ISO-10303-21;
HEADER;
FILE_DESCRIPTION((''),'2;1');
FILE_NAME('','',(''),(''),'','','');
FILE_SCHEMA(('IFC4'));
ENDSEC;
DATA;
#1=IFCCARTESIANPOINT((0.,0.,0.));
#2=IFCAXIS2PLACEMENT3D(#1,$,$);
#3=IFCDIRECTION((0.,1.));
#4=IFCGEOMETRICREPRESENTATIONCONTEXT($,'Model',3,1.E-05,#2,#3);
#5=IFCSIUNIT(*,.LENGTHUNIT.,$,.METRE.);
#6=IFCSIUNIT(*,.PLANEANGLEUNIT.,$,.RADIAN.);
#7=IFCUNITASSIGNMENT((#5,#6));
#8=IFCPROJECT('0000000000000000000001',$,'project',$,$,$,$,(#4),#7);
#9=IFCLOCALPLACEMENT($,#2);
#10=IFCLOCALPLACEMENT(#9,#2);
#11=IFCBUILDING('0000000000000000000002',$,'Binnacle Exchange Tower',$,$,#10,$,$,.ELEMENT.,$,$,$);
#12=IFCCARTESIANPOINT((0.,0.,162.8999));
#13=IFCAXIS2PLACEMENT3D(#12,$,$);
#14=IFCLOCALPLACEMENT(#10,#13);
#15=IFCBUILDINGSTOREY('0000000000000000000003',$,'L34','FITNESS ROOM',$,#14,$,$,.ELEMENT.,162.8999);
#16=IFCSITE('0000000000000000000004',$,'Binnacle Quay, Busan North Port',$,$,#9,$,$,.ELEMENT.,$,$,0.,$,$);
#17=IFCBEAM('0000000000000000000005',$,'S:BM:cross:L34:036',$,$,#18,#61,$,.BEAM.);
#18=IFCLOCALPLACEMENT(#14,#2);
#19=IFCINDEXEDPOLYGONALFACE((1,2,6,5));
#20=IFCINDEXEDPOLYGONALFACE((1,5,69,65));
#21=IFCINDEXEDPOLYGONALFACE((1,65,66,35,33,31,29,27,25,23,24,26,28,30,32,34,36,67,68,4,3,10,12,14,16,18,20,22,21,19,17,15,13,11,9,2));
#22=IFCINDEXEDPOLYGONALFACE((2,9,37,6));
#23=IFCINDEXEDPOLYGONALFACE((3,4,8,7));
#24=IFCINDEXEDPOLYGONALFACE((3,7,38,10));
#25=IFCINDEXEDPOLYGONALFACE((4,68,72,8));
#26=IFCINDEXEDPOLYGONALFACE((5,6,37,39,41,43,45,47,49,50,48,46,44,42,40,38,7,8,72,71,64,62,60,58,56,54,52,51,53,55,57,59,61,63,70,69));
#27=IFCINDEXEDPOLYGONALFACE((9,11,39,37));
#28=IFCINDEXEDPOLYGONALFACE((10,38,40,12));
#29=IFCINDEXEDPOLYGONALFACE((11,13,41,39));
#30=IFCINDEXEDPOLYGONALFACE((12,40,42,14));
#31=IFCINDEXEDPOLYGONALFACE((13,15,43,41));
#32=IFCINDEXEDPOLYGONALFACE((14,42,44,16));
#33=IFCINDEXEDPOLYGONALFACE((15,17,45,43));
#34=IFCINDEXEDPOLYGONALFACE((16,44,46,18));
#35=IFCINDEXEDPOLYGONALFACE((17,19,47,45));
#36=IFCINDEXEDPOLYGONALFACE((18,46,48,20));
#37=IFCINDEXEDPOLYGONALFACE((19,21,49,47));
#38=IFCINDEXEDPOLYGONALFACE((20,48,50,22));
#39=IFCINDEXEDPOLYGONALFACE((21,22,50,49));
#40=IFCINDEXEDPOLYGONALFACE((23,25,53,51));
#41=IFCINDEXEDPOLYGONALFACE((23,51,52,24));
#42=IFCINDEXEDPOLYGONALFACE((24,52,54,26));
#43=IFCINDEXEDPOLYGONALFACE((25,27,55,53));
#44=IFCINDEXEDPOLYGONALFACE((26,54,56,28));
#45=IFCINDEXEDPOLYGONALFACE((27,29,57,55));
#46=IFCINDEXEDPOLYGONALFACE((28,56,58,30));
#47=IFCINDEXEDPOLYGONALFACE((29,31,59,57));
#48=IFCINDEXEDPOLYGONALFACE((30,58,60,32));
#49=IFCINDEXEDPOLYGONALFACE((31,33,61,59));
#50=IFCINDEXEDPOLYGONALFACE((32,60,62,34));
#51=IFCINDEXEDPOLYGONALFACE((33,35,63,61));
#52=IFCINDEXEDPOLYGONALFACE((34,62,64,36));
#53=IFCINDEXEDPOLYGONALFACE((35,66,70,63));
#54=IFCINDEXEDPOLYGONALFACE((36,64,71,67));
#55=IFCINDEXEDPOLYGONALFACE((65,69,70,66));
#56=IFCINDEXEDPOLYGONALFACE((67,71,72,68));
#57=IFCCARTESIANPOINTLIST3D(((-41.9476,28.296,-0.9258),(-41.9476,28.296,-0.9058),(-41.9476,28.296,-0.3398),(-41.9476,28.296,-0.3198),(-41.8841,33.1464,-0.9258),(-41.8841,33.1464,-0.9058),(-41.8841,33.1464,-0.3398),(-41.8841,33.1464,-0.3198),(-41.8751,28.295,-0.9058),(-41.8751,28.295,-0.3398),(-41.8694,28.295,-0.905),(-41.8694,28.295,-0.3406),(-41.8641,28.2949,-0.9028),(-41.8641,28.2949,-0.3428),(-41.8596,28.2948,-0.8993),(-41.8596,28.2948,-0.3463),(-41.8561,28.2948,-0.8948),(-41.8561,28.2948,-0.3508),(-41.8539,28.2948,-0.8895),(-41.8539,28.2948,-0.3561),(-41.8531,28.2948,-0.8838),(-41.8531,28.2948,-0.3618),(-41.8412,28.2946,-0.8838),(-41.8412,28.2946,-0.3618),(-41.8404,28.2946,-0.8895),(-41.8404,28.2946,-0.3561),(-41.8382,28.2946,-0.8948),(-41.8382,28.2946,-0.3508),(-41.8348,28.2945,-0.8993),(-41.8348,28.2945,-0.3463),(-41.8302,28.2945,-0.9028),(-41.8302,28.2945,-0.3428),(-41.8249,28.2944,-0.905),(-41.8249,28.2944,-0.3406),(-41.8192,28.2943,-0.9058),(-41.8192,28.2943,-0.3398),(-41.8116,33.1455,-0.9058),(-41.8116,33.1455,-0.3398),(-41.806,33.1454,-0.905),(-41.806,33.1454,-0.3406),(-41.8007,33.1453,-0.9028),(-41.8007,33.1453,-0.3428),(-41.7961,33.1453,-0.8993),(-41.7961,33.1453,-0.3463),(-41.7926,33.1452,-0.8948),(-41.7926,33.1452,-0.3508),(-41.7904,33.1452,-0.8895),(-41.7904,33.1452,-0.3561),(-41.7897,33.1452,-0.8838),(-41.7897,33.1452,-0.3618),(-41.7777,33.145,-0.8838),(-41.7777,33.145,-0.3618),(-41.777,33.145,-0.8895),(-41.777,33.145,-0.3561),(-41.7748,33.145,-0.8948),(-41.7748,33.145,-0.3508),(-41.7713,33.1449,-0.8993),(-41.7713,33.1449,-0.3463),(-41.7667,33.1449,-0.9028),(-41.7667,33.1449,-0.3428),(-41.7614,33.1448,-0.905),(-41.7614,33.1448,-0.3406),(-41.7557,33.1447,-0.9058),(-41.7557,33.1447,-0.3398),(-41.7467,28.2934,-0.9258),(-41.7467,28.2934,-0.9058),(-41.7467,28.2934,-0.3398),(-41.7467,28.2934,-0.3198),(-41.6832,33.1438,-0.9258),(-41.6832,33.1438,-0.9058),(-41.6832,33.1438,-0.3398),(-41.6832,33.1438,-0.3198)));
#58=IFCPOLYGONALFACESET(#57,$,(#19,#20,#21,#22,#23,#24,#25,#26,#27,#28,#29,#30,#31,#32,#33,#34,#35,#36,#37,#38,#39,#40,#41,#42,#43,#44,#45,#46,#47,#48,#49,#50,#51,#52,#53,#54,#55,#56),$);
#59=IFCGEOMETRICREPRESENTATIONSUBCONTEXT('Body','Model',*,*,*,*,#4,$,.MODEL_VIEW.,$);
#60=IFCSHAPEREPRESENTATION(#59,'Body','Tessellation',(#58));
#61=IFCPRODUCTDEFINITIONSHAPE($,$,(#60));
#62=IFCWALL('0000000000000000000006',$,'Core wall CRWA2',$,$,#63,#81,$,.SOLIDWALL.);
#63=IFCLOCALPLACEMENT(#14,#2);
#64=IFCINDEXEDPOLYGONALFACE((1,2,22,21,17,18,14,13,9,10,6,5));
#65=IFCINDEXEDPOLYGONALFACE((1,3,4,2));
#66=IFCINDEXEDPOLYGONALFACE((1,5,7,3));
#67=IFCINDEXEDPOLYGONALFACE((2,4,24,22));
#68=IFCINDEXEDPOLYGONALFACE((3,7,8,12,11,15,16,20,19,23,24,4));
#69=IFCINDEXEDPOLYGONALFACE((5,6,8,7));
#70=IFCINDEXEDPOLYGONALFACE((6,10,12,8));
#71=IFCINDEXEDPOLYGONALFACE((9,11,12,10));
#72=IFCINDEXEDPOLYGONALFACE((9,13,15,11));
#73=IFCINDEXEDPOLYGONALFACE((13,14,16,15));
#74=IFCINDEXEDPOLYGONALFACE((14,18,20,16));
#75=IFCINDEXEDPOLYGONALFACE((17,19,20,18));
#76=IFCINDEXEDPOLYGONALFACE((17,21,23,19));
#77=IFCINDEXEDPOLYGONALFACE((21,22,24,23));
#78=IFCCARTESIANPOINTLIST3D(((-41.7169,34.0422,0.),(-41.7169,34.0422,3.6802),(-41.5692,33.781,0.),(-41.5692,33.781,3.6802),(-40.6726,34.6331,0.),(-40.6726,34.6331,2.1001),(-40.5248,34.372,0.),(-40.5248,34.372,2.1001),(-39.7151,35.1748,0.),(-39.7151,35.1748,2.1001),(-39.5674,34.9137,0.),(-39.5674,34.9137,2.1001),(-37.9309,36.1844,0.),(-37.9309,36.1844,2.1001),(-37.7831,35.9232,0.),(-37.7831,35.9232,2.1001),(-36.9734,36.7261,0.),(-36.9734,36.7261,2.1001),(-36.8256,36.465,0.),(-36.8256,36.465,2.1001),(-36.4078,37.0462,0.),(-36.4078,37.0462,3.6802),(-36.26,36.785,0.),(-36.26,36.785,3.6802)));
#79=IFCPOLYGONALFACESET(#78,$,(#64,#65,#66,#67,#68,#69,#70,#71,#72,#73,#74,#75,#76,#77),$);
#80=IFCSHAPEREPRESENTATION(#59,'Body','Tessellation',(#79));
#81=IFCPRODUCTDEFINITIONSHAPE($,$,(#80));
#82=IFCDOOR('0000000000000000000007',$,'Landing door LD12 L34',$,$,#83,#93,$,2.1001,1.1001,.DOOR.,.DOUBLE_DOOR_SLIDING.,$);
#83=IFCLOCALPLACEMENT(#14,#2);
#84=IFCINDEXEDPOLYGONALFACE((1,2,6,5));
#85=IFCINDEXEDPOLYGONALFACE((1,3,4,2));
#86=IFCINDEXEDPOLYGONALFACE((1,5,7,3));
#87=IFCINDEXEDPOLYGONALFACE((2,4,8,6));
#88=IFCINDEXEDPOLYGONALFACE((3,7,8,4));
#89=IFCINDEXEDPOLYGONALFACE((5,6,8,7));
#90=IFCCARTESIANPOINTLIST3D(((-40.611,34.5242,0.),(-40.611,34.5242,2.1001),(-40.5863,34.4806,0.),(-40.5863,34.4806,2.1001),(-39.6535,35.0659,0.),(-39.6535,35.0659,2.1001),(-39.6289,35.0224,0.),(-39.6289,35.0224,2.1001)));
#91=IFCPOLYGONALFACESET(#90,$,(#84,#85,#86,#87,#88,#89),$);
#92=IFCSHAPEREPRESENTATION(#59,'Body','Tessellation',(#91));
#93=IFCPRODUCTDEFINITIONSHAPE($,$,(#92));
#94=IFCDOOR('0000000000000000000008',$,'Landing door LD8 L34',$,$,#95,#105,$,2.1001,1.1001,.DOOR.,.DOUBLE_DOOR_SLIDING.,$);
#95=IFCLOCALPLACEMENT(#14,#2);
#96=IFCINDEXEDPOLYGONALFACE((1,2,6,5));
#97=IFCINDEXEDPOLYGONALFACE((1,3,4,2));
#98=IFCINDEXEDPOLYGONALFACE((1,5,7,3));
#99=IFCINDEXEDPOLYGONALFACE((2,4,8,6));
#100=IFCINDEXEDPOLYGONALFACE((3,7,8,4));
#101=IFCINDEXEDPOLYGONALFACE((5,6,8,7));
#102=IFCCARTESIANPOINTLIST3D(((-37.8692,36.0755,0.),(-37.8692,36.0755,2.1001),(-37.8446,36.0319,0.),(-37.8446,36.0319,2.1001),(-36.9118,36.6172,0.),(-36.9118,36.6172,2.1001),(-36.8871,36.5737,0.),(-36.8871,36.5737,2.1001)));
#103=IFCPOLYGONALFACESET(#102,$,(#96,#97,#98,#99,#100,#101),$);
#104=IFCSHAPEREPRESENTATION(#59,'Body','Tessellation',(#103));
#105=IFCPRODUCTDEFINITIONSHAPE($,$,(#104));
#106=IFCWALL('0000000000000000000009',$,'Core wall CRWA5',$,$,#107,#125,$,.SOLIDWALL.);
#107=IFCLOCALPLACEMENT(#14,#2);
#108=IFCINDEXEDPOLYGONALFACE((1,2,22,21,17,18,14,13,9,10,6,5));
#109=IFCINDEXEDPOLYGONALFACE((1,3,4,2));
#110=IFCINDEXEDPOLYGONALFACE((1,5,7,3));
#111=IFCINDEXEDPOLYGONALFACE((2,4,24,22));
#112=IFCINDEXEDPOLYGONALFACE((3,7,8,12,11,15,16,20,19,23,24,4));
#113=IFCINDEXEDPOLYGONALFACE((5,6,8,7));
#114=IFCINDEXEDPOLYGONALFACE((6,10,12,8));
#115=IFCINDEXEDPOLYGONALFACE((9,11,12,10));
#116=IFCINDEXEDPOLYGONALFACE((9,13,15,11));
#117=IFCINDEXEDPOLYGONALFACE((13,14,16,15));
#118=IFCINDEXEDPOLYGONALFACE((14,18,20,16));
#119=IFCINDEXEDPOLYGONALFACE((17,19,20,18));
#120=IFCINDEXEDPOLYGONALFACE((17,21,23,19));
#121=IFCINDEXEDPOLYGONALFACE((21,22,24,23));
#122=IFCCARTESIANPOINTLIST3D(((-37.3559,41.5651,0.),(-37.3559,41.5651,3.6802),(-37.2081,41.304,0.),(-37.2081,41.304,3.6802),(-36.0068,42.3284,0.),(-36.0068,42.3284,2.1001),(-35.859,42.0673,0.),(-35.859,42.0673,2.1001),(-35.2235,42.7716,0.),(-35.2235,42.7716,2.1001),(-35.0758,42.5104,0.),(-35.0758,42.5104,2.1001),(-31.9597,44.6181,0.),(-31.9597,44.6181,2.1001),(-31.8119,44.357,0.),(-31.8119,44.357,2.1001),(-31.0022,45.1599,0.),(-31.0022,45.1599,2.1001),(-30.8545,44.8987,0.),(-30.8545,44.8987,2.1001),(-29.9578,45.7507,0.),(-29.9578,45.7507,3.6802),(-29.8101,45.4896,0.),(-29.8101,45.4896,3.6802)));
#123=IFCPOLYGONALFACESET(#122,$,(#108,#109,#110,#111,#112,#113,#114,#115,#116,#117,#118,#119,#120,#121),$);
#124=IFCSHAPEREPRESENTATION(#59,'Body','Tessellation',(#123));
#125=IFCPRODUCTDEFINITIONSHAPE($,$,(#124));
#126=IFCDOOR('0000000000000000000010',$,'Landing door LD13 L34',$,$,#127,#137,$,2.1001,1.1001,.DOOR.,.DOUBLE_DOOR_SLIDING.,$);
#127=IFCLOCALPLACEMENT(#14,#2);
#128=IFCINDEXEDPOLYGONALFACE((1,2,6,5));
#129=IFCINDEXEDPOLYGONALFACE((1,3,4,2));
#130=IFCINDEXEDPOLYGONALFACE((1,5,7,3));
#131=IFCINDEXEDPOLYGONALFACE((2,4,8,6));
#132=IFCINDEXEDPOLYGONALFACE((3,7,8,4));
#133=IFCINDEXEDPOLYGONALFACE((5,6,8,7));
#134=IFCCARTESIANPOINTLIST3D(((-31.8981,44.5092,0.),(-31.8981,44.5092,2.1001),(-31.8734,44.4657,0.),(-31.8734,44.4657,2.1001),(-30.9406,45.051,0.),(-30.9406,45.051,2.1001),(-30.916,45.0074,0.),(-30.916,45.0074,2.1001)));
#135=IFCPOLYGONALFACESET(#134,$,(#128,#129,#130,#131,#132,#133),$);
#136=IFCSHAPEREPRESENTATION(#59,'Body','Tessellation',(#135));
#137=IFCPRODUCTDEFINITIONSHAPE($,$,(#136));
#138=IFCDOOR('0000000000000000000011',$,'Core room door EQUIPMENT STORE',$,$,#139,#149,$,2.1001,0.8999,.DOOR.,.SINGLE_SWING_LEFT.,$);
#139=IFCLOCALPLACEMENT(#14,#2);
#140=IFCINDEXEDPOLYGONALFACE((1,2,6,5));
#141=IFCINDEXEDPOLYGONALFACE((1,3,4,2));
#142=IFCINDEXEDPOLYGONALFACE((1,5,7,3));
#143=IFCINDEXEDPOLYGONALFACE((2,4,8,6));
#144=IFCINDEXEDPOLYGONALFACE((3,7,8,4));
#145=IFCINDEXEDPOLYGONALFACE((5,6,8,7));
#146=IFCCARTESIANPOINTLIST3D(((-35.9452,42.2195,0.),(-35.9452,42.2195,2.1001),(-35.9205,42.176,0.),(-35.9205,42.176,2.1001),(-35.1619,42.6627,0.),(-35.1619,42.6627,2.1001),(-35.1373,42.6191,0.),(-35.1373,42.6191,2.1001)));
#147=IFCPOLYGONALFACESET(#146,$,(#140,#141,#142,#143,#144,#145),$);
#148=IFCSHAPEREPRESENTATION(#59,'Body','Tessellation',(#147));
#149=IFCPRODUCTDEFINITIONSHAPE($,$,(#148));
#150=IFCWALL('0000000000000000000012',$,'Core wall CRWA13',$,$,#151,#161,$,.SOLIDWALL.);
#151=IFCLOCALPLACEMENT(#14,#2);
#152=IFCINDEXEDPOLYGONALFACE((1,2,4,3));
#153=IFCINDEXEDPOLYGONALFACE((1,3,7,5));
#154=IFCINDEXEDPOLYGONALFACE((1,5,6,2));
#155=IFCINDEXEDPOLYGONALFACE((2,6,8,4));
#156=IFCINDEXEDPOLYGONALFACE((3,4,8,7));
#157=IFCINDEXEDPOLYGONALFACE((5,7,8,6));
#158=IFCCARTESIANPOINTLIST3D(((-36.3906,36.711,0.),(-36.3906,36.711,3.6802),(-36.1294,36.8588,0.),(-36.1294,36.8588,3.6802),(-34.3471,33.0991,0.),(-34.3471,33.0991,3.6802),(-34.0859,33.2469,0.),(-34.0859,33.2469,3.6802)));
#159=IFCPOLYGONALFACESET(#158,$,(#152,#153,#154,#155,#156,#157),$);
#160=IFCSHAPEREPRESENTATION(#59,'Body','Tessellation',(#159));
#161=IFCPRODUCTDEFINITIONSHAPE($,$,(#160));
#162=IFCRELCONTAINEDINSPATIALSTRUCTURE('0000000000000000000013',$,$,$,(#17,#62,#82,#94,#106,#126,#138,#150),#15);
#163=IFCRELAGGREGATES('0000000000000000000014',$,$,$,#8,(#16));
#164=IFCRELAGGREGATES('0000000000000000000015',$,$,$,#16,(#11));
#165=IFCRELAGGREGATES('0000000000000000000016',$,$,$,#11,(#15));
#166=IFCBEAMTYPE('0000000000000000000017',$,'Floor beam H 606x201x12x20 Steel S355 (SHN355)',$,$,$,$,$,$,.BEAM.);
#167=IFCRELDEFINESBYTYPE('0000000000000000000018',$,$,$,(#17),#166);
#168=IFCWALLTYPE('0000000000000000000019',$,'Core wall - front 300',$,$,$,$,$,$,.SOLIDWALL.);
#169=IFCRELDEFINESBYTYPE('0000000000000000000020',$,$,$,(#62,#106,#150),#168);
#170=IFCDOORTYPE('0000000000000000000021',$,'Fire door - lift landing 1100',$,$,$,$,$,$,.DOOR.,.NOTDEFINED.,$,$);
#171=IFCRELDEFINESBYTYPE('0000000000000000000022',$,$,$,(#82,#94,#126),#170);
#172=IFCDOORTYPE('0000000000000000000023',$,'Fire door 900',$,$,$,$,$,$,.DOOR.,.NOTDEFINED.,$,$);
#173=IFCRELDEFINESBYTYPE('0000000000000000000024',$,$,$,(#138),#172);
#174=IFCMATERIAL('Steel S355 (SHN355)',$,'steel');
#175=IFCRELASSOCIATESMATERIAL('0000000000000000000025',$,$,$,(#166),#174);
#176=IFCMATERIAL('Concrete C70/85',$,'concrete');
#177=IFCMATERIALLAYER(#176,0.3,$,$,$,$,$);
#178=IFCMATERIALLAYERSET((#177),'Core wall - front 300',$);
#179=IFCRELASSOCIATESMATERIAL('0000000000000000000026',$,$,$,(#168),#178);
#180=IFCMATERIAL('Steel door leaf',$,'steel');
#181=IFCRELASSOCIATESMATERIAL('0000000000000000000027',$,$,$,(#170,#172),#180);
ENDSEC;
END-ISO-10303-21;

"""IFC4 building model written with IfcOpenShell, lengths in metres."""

from ifc_helpers import new_model, si_unit, direction, frame, frame_2d, origin, origin_2d, place, context, subcontext, project, spatial, rectangle, i_section, extrude, material, layer, layer_set, material_profile, profile_set, type_object, element, fill, save


model = new_model("IFC4")

# Units and contexts
model_context = context("Model", 3, precision=1e-05, world=origin(), true_north=direction((0.0, 1.0)))
body_context = subcontext(model_context, "Body", "Model", "MODEL_VIEW")
ifc_project = project(units=[si_unit("LENGTHUNIT", "METRE"), si_unit("PLANEANGLEUNIT", "RADIAN")], contexts=[model_context])

# Site, building, storey
site_placement = place(None, origin())
site = spatial("IfcSite", under=ifc_project, at=site_placement, Name="Binnacle Quay, Busan North Port", CompositionType="ELEMENT", RefElevation=0.0)
building_placement = place(site_placement, origin())
building = spatial("IfcBuilding", under=site, at=building_placement, Name="Binnacle Exchange Tower", CompositionType="ELEMENT")
storey_placement = place(building_placement, frame((0.0, 0.0, 162.8999)))
storey = spatial("IfcBuildingStorey", under=building, at=storey_placement, Name="L34", Description="FITNESS ROOM", CompositionType="ELEMENT", Elevation=162.8999)

# Shared definitions
ifc_material_1 = material(Name="Concrete C70/85", Category="concrete")

# Beam
ifc_material_2 = material(Name="Steel S355 (SHN355)", Category="steel")
ifc_material_profile_1 = material_profile(ifc_material_2, i_section(OverallWidth=0.2009, OverallDepth=0.606, WebThickness=0.012, FlangeThickness=0.02, FilletRadius=0.022, at=origin_2d()), Name="H 606x201x12x20")
ifc_profile_set_1 = profile_set([ifc_material_profile_1], Name="Steel S355 (SHN355)")
beam_type_1 = type_object("IfcBeamType", Name="Floor beam H 606x201x12x20 Steel S355 (SHN355)", PredefinedType="BEAM", material=ifc_profile_set_1)
beam_1_placement = place(storey_placement, frame((-41.8472, 28.2947, -0.6228), z_axis=(0.013086, 0.999914, 0.0), x_axis=(-0.999914, 0.013086, 0.0)))
element("IfcBeam", 1, at=beam_1_placement, inside=storey, type_object=beam_type_1, Name="S:BM:cross:L34:036", PredefinedType="BEAM", context=body_context, shape_type="SweptSolid", body=[
    extrude(i_section(OverallWidth=0.2009, OverallDepth=0.606, WebThickness=0.012, FlangeThickness=0.02, FilletRadius=0.022, at=origin_2d()), origin(), (0.0, 0.0, 1.0), 4.8508),
])

# Walls, openings, doors
ifc_layer_1 = layer(ifc_material_1, 0.3)
ifc_layer_set_1 = layer_set([ifc_layer_1], Name="Core wall - front 300")
wall_type_1 = type_object("IfcWallType", Name="Core wall - front 300", PredefinedType="SOLIDWALL", material=ifc_layer_set_1)
wall_1_placement = place(storey_placement, frame((-41.6431, 33.9116, 0.0), z_axis=(0.0, 0.0, 1.0), x_axis=(0.870344, 0.492445, 0.0)))
wall_1 = element("IfcWall", 2, at=wall_1_placement, inside=storey, type_object=wall_type_1, Name="Core wall CRWA2", PredefinedType="SOLIDWALL", context=body_context, shape_type="SweptSolid", body=[
    extrude(rectangle(XDim=6.1001, YDim=0.3, at=frame_2d((3.05, 0.0))), origin(), (0.0, 0.0, 1.0), 3.6802),
])
opening_1_placement = place(wall_1_placement, frame((1.2, 0.0, 0.0)))
opening_1 = element("IfcOpeningElement", 3, at=opening_1_placement, cuts=wall_1, PredefinedType="OPENING", context=body_context, shape_type="SweptSolid", body=[
    extrude(rectangle(XDim=1.1001, YDim=2.1001, at=frame_2d((0.55, 1.05))), frame((0.0, 0.1599, 0.0), z_axis=(0.0, -1.0, 0.0), x_axis=(1.0, 0.0, 0.0)), (0.0, 0.0, 1.0), 0.3201),
])
opening_2_placement = place(wall_1_placement, frame((4.3501, 0.0, 0.0)))
opening_2 = element("IfcOpeningElement", 4, at=opening_2_placement, cuts=wall_1, PredefinedType="OPENING", context=body_context, shape_type="SweptSolid", body=[
    extrude(rectangle(XDim=1.1001, YDim=2.1001, at=frame_2d((0.55, 1.05))), frame((0.0, 0.1599, 0.0), z_axis=(0.0, -1.0, 0.0), x_axis=(1.0, 0.0, 0.0)), (0.0, 0.0, 1.0), 0.3201),
])
ifc_material_3 = material(Name="Steel door leaf", Category="steel")
door_type_1 = type_object("IfcDoorType", Name="Fire door - lift landing 1100", OperationType="NOTDEFINED", PredefinedType="DOOR", material=ifc_material_3)
door_1_placement = place(opening_1_placement, origin())
door_1 = element("IfcDoor", 5, at=door_1_placement, inside=storey, type_object=door_type_1, Name="Landing door LD12 L34", OperationType="DOUBLE_DOOR_SLIDING", OverallHeight=2.1001, OverallWidth=1.1001, PredefinedType="DOOR", context=body_context, shape_type="SweptSolid", body=[
    extrude(rectangle(XDim=1.1001, YDim=2.1001, at=frame_2d((0.55, 1.05))), frame((0.0, 0.0249, 0.0), z_axis=(0.0, -1.0, 0.0), x_axis=(1.0, 0.0, 0.0)), (0.0, 0.0, 1.0), 0.05),
])
fill(opening_1, door_1)
door_2_placement = place(opening_2_placement, origin())
door_2 = element("IfcDoor", 6, at=door_2_placement, inside=storey, type_object=door_type_1, Name="Landing door LD8 L34", OperationType="DOUBLE_DOOR_SLIDING", OverallHeight=2.1001, OverallWidth=1.1001, PredefinedType="DOOR", context=body_context, shape_type="SweptSolid", body=[
    extrude(rectangle(XDim=1.1001, YDim=2.1001, at=frame_2d((0.55, 1.05))), frame((0.0, 0.0249, 0.0), z_axis=(0.0, -1.0, 0.0), x_axis=(1.0, 0.0, 0.0)), (0.0, 0.0, 1.0), 0.05),
])
fill(opening_2, door_2)
wall_2_placement = place(storey_placement, frame((-37.282, 41.4346, 0.0), z_axis=(0.0, 0.0, 1.0), x_axis=(0.870356, 0.492423, 0.0)))
wall_2 = element("IfcWall", 7, at=wall_2_placement, inside=storey, type_object=wall_type_1, Name="Core wall CRWA5", PredefinedType="SOLIDWALL", context=body_context, shape_type="SweptSolid", body=[
    extrude(rectangle(XDim=8.5, YDim=0.3, at=frame_2d((4.25, 0.0))), origin(), (0.0, 0.0, 1.0), 3.6802),
])
opening_3_placement = place(wall_2_placement, frame((6.2, 0.0, 0.0)))
opening_3 = element("IfcOpeningElement", 8, at=opening_3_placement, cuts=wall_2, PredefinedType="OPENING", context=body_context, shape_type="SweptSolid", body=[
    extrude(rectangle(XDim=1.1001, YDim=2.1001, at=frame_2d((0.55, 1.05))), frame((0.0, 0.1599, 0.0), z_axis=(0.0, -1.0, 0.0), x_axis=(1.0, 0.0, 0.0)), (0.0, 0.0, 1.0), 0.3201),
])
opening_4_placement = place(wall_2_placement, frame((1.55, 0.0, 0.0)))
opening_4 = element("IfcOpeningElement", 9, at=opening_4_placement, cuts=wall_2, PredefinedType="OPENING", context=body_context, shape_type="SweptSolid", body=[
    extrude(rectangle(XDim=0.8999, YDim=2.1001, at=frame_2d((0.45, 1.05))), frame((0.0, 0.1599, 0.0), z_axis=(0.0, -1.0, 0.0), x_axis=(1.0, 0.0, 0.0)), (0.0, 0.0, 1.0), 0.3201),
])
door_3_placement = place(opening_3_placement, origin())
door_3 = element("IfcDoor", 10, at=door_3_placement, inside=storey, type_object=door_type_1, Name="Landing door LD13 L34", OperationType="DOUBLE_DOOR_SLIDING", OverallHeight=2.1001, OverallWidth=1.1001, PredefinedType="DOOR", context=body_context, shape_type="SweptSolid", body=[
    extrude(rectangle(XDim=1.1001, YDim=2.1001, at=frame_2d((0.55, 1.05))), frame((0.0, 0.0249, 0.0), z_axis=(0.0, -1.0, 0.0), x_axis=(1.0, 0.0, 0.0)), (0.0, 0.0, 1.0), 0.05),
])
fill(opening_3, door_3)
door_type_2 = type_object("IfcDoorType", Name="Fire door 900", OperationType="NOTDEFINED", PredefinedType="DOOR", material=ifc_material_3)
door_4_placement = place(opening_4_placement, origin())
door_4 = element("IfcDoor", 11, at=door_4_placement, inside=storey, type_object=door_type_2, Name="Core room door EQUIPMENT STORE", OperationType="SINGLE_SWING_LEFT", OverallHeight=2.1001, OverallWidth=0.8999, PredefinedType="DOOR", context=body_context, shape_type="SweptSolid", body=[
    extrude(rectangle(XDim=0.8999, YDim=2.1001, at=frame_2d((0.45, 1.05))), frame((0.0, 0.0249, 0.0), z_axis=(0.0, -1.0, 0.0), x_axis=(1.0, 0.0, 0.0)), (0.0, 0.0, 1.0), 0.05),
])
fill(opening_4, door_4)

# Wall
wall_3_placement = place(storey_placement, frame((-36.26, 36.7849, 0.0), z_axis=(0.0, 0.0, 1.0), x_axis=(0.492422, -0.870357, 0.0)))
element("IfcWall", 12, at=wall_3_placement, inside=storey, type_object=wall_type_1, Name="Core wall CRWA13", PredefinedType="SOLIDWALL", context=body_context, shape_type="SweptSolid", body=[
    extrude(rectangle(XDim=4.1499, YDim=0.3, at=frame_2d((2.075, 0.0))), origin(), (0.0, 0.0, 1.0), 3.6802),
])

save(model, "model.ifc")
